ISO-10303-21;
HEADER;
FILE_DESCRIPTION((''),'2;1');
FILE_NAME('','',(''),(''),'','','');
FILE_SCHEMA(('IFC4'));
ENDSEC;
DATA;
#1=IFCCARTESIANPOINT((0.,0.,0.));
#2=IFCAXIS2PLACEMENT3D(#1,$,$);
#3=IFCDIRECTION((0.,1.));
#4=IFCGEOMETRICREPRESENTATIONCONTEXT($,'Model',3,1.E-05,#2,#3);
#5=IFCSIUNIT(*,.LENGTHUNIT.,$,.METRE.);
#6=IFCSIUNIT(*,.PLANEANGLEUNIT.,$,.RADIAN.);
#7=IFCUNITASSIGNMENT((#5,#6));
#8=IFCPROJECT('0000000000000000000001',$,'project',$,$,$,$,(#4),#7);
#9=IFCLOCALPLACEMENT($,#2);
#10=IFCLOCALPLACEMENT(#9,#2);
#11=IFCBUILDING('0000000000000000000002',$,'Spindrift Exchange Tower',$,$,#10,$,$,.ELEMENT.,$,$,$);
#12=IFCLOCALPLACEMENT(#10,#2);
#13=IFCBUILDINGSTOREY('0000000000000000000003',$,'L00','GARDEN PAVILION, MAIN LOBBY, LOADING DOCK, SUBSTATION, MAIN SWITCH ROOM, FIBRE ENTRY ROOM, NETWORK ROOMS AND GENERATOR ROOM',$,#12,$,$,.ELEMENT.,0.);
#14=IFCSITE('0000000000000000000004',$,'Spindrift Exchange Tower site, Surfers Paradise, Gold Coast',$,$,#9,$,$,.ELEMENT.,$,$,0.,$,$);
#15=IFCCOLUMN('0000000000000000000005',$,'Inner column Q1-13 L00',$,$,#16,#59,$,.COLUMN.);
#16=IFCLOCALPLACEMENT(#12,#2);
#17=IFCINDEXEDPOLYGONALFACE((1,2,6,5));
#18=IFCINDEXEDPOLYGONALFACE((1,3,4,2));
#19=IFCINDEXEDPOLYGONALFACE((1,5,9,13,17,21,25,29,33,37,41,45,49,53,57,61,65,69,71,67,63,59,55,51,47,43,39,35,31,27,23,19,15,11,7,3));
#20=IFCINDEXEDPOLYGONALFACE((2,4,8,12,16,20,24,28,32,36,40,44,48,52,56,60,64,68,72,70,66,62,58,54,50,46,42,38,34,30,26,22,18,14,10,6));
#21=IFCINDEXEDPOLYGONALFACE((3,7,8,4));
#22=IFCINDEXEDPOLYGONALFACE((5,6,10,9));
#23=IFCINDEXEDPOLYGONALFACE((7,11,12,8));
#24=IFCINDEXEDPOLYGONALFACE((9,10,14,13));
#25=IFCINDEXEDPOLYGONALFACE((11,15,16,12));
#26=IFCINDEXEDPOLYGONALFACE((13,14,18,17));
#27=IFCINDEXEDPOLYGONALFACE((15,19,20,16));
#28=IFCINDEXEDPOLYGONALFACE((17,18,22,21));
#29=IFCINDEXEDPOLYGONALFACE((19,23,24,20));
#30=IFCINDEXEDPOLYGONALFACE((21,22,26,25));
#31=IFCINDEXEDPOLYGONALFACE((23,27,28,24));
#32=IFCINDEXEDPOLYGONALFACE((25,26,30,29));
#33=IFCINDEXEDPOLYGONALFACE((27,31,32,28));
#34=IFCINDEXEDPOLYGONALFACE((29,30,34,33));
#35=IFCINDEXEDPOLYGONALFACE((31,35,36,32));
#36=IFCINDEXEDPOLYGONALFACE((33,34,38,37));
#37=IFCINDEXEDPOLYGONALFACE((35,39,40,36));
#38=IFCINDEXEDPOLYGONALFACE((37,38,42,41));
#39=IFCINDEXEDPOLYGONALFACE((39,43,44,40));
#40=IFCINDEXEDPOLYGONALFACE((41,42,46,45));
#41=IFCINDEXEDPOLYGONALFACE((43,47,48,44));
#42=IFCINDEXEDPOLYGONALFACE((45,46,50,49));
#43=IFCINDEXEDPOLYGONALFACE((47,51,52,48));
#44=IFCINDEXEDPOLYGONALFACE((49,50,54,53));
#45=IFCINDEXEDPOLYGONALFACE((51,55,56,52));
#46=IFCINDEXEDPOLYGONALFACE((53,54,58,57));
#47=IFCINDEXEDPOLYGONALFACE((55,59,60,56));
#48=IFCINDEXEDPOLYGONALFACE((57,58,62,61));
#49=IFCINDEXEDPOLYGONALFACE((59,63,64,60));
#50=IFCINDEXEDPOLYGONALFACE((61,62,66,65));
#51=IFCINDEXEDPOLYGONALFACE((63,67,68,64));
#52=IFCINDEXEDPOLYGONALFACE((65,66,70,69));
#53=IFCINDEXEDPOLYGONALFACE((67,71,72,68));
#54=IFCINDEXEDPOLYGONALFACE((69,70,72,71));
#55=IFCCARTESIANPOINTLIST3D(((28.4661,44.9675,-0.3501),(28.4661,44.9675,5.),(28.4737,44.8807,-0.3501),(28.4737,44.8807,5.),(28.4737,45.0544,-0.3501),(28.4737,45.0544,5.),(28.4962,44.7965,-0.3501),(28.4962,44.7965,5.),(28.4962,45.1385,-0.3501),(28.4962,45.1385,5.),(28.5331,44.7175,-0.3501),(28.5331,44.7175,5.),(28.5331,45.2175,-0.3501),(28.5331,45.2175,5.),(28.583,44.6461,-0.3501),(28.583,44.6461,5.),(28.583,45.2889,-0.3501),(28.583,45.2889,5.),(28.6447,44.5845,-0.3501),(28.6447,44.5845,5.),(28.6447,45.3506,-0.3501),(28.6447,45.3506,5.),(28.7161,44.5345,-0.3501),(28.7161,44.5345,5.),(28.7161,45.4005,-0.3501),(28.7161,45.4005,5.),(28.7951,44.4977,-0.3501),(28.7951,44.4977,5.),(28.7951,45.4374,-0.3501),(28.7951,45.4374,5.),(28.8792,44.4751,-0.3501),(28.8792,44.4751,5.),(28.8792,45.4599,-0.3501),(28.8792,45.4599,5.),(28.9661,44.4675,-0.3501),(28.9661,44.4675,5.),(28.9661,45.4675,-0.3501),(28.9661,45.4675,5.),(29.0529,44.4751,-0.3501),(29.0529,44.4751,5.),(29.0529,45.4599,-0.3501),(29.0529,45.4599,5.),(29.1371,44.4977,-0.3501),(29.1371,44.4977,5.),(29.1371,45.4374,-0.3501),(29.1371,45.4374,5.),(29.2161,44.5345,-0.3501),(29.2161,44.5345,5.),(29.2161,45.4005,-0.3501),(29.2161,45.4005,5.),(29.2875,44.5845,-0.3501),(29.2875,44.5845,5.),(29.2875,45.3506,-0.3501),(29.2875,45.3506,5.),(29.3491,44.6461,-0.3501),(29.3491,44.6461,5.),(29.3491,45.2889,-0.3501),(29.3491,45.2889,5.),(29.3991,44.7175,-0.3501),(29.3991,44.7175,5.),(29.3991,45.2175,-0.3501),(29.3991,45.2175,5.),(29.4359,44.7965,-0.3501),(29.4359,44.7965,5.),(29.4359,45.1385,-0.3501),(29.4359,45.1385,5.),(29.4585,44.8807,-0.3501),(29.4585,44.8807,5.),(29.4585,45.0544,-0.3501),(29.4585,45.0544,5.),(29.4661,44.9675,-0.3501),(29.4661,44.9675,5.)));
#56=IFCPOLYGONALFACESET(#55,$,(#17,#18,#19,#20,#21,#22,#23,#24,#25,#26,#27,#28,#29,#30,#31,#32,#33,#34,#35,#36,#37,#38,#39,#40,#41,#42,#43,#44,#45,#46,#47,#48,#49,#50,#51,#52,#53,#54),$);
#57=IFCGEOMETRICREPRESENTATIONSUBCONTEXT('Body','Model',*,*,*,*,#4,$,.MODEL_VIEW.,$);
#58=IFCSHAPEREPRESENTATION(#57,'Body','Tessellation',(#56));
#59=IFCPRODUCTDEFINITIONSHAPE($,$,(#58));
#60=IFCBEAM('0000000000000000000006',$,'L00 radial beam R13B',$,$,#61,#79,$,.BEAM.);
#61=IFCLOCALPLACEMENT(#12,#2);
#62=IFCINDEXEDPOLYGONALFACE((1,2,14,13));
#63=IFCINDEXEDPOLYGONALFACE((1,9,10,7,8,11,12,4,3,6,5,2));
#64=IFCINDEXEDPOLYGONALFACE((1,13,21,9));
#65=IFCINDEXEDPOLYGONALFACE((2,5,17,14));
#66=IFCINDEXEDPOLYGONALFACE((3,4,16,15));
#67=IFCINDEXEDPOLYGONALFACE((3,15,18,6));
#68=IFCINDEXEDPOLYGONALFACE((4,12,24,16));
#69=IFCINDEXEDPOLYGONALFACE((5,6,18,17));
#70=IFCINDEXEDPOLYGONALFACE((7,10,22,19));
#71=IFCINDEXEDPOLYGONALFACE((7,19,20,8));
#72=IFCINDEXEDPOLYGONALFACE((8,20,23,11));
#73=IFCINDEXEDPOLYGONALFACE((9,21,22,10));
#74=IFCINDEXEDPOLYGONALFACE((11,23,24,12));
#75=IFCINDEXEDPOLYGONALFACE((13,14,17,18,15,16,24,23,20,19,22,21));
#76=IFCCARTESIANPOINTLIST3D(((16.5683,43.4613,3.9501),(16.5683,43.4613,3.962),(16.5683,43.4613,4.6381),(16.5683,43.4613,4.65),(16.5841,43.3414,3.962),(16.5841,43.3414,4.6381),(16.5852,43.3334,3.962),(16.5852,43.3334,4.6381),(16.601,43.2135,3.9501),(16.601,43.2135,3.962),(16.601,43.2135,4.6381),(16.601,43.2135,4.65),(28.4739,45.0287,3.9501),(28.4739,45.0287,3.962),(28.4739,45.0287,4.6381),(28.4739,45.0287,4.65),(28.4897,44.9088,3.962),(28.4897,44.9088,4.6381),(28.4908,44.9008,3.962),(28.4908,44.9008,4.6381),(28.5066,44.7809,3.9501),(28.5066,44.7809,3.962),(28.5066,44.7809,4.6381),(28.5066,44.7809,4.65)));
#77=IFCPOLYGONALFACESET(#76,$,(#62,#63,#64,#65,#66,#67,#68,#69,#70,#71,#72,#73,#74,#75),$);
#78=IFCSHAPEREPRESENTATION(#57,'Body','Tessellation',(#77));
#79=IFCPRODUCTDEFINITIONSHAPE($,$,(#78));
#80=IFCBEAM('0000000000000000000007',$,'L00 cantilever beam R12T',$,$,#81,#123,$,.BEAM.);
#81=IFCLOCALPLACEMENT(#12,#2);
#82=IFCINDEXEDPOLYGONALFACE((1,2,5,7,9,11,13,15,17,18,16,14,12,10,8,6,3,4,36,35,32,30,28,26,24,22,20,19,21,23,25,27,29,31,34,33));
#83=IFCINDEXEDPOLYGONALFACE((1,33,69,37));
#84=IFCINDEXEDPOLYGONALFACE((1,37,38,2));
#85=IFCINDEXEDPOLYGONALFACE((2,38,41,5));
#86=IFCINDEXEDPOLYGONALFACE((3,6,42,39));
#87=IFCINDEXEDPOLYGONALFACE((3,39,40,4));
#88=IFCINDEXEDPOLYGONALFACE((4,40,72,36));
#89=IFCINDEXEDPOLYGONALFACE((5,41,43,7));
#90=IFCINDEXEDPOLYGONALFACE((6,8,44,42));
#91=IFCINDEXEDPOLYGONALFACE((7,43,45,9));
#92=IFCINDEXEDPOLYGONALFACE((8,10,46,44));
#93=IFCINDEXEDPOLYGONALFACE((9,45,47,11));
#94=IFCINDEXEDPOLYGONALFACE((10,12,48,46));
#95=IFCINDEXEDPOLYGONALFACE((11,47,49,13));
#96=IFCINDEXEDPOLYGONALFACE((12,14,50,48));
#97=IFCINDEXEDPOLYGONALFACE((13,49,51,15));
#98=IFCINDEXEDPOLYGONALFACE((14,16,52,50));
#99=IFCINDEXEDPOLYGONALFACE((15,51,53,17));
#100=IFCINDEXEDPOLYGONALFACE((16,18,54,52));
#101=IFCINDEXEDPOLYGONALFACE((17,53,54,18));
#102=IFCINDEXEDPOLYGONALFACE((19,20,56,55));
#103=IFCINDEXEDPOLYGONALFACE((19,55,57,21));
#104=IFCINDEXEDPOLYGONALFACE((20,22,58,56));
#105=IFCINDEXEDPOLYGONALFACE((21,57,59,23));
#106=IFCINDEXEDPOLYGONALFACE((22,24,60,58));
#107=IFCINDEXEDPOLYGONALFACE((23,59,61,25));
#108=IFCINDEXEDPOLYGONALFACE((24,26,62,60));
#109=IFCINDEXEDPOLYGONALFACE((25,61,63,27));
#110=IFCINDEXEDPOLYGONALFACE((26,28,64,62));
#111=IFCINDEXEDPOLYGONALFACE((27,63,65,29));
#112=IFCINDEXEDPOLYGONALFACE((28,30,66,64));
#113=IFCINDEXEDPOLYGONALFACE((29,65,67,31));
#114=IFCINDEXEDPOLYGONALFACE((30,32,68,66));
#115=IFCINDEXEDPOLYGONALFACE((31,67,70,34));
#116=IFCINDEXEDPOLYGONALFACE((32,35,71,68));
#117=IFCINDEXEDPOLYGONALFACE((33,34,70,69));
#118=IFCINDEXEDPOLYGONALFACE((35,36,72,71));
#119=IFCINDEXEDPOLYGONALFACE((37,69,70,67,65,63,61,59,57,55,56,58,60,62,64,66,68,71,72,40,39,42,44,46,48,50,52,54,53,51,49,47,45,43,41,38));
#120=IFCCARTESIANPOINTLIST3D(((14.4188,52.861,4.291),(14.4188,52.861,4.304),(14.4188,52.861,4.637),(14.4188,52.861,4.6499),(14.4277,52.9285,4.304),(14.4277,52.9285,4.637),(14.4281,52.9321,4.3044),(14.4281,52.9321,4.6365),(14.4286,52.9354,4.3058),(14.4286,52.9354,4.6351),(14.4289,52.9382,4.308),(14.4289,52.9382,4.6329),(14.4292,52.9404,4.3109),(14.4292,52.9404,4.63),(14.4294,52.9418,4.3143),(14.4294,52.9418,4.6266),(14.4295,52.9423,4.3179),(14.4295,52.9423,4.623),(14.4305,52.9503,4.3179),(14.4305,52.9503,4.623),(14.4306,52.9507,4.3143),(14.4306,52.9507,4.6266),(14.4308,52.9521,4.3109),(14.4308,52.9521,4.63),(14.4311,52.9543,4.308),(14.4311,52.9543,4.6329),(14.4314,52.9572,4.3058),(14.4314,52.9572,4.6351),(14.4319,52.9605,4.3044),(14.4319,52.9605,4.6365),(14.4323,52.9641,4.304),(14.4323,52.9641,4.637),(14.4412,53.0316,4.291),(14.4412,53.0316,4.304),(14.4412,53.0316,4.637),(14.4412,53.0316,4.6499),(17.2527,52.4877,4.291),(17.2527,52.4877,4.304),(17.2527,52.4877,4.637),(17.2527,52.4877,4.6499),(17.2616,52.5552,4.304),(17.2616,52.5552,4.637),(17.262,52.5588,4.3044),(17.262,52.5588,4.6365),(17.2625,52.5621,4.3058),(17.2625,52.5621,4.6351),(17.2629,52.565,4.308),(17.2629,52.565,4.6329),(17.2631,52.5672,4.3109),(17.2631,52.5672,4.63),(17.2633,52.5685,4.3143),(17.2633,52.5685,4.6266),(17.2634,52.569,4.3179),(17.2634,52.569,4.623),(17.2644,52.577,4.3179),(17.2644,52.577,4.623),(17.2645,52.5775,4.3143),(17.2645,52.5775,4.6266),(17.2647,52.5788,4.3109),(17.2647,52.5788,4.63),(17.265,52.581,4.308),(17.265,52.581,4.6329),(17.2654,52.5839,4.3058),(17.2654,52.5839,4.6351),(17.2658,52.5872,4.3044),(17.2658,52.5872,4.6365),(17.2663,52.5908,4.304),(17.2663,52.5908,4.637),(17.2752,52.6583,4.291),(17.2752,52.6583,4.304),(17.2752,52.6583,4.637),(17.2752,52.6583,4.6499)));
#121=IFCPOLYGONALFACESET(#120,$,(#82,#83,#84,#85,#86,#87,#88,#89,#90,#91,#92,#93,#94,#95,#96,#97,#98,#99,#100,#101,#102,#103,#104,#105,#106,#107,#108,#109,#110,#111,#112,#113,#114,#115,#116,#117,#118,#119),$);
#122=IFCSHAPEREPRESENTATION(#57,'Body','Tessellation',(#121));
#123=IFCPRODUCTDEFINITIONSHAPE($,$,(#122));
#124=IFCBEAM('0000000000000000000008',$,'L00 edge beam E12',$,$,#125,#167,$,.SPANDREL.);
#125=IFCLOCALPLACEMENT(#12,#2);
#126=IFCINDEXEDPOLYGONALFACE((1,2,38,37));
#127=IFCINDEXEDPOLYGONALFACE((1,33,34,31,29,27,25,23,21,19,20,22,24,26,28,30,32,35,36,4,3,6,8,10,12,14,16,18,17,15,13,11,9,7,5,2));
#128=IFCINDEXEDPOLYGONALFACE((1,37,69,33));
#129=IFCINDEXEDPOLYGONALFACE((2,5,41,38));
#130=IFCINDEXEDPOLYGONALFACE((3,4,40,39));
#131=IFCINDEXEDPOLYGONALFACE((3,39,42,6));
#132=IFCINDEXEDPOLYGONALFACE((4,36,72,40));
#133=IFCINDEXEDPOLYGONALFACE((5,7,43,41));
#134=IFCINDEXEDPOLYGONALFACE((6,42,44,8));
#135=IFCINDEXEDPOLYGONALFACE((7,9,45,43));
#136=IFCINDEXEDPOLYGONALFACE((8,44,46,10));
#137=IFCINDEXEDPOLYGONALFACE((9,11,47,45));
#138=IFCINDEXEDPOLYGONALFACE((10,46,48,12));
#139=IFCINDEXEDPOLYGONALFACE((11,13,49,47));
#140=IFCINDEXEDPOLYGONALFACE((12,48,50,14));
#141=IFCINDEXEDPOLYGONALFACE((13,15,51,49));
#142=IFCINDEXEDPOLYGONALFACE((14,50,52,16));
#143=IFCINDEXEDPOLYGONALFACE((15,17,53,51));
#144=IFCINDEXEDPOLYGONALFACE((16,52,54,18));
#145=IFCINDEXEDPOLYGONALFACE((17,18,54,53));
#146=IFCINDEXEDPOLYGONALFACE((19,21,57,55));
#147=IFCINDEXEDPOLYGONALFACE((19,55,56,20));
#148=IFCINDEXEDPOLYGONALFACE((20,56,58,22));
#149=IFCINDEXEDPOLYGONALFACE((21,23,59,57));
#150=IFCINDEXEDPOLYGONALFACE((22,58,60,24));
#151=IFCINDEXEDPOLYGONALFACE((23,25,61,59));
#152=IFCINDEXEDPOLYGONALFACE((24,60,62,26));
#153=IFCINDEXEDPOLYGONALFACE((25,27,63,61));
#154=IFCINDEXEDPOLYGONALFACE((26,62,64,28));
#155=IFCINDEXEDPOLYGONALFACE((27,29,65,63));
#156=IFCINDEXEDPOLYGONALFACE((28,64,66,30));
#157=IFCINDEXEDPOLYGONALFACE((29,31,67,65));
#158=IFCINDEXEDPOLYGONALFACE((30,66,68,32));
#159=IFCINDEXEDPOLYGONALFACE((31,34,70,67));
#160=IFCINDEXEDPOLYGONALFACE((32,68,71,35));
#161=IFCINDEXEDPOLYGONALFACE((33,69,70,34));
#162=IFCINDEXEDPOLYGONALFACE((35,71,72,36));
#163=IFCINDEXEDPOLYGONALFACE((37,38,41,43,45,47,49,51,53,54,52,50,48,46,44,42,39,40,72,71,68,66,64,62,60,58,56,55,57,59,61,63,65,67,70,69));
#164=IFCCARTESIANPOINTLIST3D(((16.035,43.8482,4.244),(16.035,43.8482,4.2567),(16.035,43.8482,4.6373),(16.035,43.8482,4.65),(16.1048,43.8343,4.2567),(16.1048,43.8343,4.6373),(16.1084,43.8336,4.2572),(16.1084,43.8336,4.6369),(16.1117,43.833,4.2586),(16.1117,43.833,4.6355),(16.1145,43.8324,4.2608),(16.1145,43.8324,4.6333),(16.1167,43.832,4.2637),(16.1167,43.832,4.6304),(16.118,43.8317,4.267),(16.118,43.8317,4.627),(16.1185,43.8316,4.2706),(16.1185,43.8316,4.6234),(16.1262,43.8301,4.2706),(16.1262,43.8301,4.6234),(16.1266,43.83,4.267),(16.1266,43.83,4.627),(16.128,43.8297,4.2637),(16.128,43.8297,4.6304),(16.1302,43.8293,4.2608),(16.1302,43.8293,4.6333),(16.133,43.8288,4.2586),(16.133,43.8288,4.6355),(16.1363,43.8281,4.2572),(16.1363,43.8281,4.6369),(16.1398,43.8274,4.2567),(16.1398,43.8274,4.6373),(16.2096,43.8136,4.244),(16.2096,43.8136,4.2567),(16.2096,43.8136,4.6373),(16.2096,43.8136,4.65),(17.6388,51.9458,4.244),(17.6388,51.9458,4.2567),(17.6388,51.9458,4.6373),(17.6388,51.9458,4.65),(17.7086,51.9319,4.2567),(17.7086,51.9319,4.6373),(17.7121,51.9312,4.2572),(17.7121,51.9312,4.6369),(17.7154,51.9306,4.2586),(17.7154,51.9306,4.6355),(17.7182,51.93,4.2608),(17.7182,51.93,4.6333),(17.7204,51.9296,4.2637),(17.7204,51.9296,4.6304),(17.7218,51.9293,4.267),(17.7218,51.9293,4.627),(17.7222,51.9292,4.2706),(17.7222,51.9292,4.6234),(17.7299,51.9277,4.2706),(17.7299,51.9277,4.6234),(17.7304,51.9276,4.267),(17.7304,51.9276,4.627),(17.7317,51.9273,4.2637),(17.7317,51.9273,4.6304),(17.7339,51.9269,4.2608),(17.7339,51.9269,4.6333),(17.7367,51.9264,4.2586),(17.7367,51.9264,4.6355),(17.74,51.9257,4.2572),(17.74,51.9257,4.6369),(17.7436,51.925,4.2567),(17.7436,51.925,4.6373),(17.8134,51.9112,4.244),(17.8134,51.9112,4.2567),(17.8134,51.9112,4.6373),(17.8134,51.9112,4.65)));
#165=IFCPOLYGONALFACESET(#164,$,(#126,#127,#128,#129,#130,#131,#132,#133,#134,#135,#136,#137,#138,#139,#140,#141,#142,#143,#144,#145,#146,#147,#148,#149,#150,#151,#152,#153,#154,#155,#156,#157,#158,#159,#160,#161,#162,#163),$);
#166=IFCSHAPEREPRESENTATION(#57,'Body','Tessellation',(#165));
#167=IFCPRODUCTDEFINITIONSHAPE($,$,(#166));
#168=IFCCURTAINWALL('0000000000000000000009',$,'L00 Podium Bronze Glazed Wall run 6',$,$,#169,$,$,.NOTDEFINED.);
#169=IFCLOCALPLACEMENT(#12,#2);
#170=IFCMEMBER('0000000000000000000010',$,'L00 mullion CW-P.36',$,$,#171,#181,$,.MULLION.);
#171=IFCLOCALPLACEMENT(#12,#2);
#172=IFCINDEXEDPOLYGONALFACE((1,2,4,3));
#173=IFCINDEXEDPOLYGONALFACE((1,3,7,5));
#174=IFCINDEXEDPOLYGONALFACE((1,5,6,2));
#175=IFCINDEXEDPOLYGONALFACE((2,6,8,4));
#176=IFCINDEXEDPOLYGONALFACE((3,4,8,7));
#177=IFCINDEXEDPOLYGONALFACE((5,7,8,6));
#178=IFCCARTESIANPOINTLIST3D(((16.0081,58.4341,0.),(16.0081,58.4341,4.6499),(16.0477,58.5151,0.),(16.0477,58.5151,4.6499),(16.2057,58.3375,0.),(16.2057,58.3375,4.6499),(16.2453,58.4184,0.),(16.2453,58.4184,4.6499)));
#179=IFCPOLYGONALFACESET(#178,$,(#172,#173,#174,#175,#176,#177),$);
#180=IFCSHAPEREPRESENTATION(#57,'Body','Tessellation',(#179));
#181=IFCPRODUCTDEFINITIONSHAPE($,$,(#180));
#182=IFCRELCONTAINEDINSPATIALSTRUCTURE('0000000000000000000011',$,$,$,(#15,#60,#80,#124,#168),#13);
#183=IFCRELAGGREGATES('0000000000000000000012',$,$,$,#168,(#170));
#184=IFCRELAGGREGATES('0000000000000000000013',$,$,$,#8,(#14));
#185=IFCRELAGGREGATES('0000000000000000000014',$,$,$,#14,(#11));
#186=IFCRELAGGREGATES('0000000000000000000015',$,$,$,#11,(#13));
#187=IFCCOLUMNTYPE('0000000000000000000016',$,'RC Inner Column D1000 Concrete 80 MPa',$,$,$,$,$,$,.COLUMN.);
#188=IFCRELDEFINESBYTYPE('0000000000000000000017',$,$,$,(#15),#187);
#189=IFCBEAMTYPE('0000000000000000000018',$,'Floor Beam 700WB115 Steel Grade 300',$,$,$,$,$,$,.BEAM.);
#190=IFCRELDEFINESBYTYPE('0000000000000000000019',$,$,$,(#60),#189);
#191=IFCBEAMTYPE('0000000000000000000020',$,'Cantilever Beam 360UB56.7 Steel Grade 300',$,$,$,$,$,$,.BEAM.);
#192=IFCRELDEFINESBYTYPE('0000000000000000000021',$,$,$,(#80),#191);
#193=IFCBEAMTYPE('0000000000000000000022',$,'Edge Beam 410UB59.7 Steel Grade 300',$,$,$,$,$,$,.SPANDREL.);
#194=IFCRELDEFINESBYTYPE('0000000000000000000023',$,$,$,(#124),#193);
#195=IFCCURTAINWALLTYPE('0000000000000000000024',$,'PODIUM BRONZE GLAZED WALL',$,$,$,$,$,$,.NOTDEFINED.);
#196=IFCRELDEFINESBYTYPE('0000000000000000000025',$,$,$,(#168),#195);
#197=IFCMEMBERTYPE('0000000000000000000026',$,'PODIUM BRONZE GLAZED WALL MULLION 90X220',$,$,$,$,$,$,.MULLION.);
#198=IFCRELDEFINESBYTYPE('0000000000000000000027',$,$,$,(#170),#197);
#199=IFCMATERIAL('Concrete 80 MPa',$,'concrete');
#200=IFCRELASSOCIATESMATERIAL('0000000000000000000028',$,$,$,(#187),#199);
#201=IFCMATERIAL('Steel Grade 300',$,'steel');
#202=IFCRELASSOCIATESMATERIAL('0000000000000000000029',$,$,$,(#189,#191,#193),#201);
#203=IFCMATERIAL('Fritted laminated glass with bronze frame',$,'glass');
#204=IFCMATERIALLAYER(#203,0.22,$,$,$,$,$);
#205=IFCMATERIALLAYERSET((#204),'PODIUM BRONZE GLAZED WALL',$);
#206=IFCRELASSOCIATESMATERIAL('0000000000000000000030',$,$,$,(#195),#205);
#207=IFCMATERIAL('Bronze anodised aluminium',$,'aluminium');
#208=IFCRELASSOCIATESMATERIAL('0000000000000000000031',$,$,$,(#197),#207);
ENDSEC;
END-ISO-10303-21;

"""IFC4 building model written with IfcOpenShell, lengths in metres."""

from ifc_helpers import new_model, si_unit, direction, frame, origin, origin_2d, place, context, subcontext, project, spatial, rectangle, circle, i_section, extrude, source, transform, mapped, material, layer, layer_set, material_profile, profile_set, type_object, element, aggregate, save


model = new_model("IFC4")

# Units and contexts
model_context = context("Model", 3, precision=1e-05, world=origin(), true_north=direction((0.0, 1.0)))
body_context = subcontext(model_context, "Body", "Model", "MODEL_VIEW")
ifc_project = project(units=[si_unit("LENGTHUNIT", "METRE"), si_unit("PLANEANGLEUNIT", "RADIAN")], contexts=[model_context])

# Site, building, storey
site_placement = place(None, origin())
site = spatial("IfcSite", under=ifc_project, at=site_placement, Name="Spindrift Exchange Tower site, Surfers Paradise, Gold Coast", CompositionType="ELEMENT", RefElevation=0.0)
building_placement = place(site_placement, origin())
building = spatial("IfcBuilding", under=site, at=building_placement, Name="Spindrift Exchange Tower", CompositionType="ELEMENT")
storey_placement = place(building_placement, origin())
storey = spatial("IfcBuildingStorey", under=building, at=storey_placement, Name="L00", Description="GARDEN PAVILION, MAIN LOBBY, LOADING DOCK, SUBSTATION, MAIN SWITCH ROOM, FIBRE ENTRY ROOM, NETWORK ROOMS AND GENERATOR ROOM", CompositionType="ELEMENT", Elevation=0.0)

# Column
ifc_material_1 = material(Name="Concrete 80 MPa", Category="concrete")
ifc_material_profile_1 = material_profile(ifc_material_1, circle(Radius=0.5, at=origin_2d()), Name="RC D1000")
ifc_profile_set_1 = profile_set([ifc_material_profile_1], Name="Concrete 80 MPa")
column_type_1 = type_object("IfcColumnType", Name="RC Inner Column D1000 Concrete 80 MPa", PredefinedType="COLUMN", material=ifc_profile_set_1)
shared_shape_1 = source(origin(), body_context, "Body", "SweptSolid", [
    extrude(circle(Radius=0.5, at=origin_2d()), origin(), (0.0, 0.0, 1.0), 5.3501),
])
column_1_placement = place(storey_placement, frame((28.9661, 44.9675, -0.3501), z_axis=(0.0, 0.0, 1.0), x_axis=(1.0, 0.0, 0.0)))
element("IfcColumn", 1, at=column_1_placement, inside=storey, type_object=column_type_1, Name="Inner column Q1-13 L00", PredefinedType="COLUMN", context=body_context, shape_type="MappedRepresentation", body=[
    mapped(shared_shape_1, transform((0.0, 0.0, 0.0), scale=1.0)),
])

# Beams
ifc_material_2 = material(Name="Steel Grade 300", Category="steel")
ifc_material_profile_2 = material_profile(ifc_material_2, i_section(OverallWidth=0.25, OverallDepth=0.7, WebThickness=0.0081, FlangeThickness=0.012, at=origin_2d()), Name="700WB115")
ifc_profile_set_2 = profile_set([ifc_material_profile_2], Name="Steel Grade 300")
beam_type_1 = type_object("IfcBeamType", Name="Floor Beam 700WB115 Steel Grade 300", PredefinedType="BEAM", material=ifc_profile_set_2)
shared_shape_2 = source(origin(), body_context, "Body", "SweptSolid", [
    extrude(i_section(OverallWidth=0.25, OverallDepth=0.7, WebThickness=0.0081, FlangeThickness=0.012, at=origin_2d()), origin(), (0.0, 0.0, 1.0), 12.0083),
])
beam_1_placement = place(storey_placement, frame((28.4902, 44.9048, 4.3), z_axis=(-0.991445, -0.130526, 0.0), x_axis=(0.130526, -0.991445, 0.0)))
element("IfcBeam", 2, at=beam_1_placement, inside=storey, type_object=beam_type_1, Name="L00 radial beam R13B", PredefinedType="BEAM", context=body_context, shape_type="MappedRepresentation", body=[
    mapped(shared_shape_2, transform((0.0, 0.0, 0.0), scale=1.0)),
])
ifc_material_profile_3 = material_profile(ifc_material_2, i_section(OverallWidth=0.1721, OverallDepth=0.3589, WebThickness=0.0081, FlangeThickness=0.0129, FilletRadius=0.0139, at=origin_2d()), Name="360UB56.7")
ifc_profile_set_3 = profile_set([ifc_material_profile_3], Name="Steel Grade 300")
beam_type_2 = type_object("IfcBeamType", Name="Cantilever Beam 360UB56.7 Steel Grade 300", PredefinedType="BEAM", material=ifc_profile_set_3)
shared_shape_3 = source(origin(), body_context, "Body", "SweptSolid", [
    extrude(i_section(OverallWidth=0.1721, OverallDepth=0.3589, WebThickness=0.0081, FlangeThickness=0.0129, FilletRadius=0.0139, at=origin_2d()), origin(), (0.0, 0.0, 1.0), 2.8584),
])
beam_2_placement = place(storey_placement, frame((17.2639, 52.573, 4.4705), z_axis=(-0.991436, 0.130591, 0.0), x_axis=(-0.130591, -0.991436, 0.0)))
element("IfcBeam", 3, at=beam_2_placement, inside=storey, type_object=beam_type_2, Name="L00 cantilever beam R12T", PredefinedType="BEAM", context=body_context, shape_type="MappedRepresentation", body=[
    mapped(shared_shape_3, transform((0.0, 0.0, 0.0), scale=1.0)),
])
ifc_material_profile_4 = material_profile(ifc_material_2, i_section(OverallWidth=0.178, OverallDepth=0.406, WebThickness=0.0078, FlangeThickness=0.0127, FilletRadius=0.0139, at=origin_2d()), Name="410UB59.7")
ifc_profile_set_4 = profile_set([ifc_material_profile_4], Name="Steel Grade 300")
beam_type_3 = type_object("IfcBeamType", Name="Edge Beam 410UB59.7 Steel Grade 300", PredefinedType="SPANDREL", material=ifc_profile_set_4)
shared_shape_4 = source(origin(), body_context, "Body", "SweptSolid", [
    extrude(i_section(OverallWidth=0.178, OverallDepth=0.406, WebThickness=0.0078, FlangeThickness=0.0127, FilletRadius=0.0139, at=origin_2d()), origin(), (0.0, 0.0, 1.0), 8.2549),
])
beam_3_placement = place(storey_placement, frame((17.7261, 51.9285, 4.447), z_axis=(-0.194279, -0.980946, 0.0), x_axis=(0.980946, -0.194279, 0.0)))
element("IfcBeam", 4, at=beam_3_placement, inside=storey, type_object=beam_type_3, Name="L00 edge beam E12", PredefinedType="SPANDREL", context=body_context, shape_type="MappedRepresentation", body=[
    mapped(shared_shape_4, transform((0.0, 0.0, 0.0), scale=1.0)),
])

# Curtain wall, member
ifc_material_3 = material(Name="Fritted laminated glass with bronze frame", Category="glass")
ifc_layer_1 = layer(ifc_material_3, 0.22)
ifc_layer_set_1 = layer_set([ifc_layer_1], Name="PODIUM BRONZE GLAZED WALL")
curtain_wall_type = type_object("IfcCurtainWallType", Name="PODIUM BRONZE GLAZED WALL", PredefinedType="NOTDEFINED", material=ifc_layer_set_1)
curtain_wall_1_placement = place(storey_placement, origin())
curtain_wall_1 = element("IfcCurtainWall", 5, at=curtain_wall_1_placement, inside=storey, type_object=curtain_wall_type, Name="L00 Podium Bronze Glazed Wall run 6", PredefinedType="NOTDEFINED")
ifc_material_4 = material(Name="Bronze anodised aluminium", Category="aluminium")
ifc_material_profile_5 = material_profile(ifc_material_4, rectangle(XDim=0.0901, YDim=0.22, at=origin_2d()), Name="PODIUM BRONZE GLAZED WALL MULLION 90X220")
ifc_profile_set_5 = profile_set([ifc_material_profile_5], Name="Bronze anodised aluminium")
member_type_1 = type_object("IfcMemberType", Name="PODIUM BRONZE GLAZED WALL MULLION 90X220", PredefinedType="MULLION", material=ifc_profile_set_5)
shared_shape_5 = source(origin(), body_context, "Body", "SweptSolid", [
    extrude(rectangle(XDim=0.0901, YDim=0.22, at=origin_2d()), origin(), (0.0, 0.0, 1.0), 4.6499),
])
member_1_placement = place(storey_placement, frame((16.1267, 58.4263, 0.0), z_axis=(0.0, 0.0, 1.0), x_axis=(-0.439357, -0.898313, 0.0)))
member_1 = element("IfcMember", 6, at=member_1_placement, type_object=member_type_1, Name="L00 mullion CW-P.36", PredefinedType="MULLION", context=body_context, shape_type="MappedRepresentation", body=[
    mapped(shared_shape_5, transform((0.0, 0.0, 0.0), scale=1.0)),
])

aggregate(curtain_wall_1, [member_1])

save(model, "model.ifc")
